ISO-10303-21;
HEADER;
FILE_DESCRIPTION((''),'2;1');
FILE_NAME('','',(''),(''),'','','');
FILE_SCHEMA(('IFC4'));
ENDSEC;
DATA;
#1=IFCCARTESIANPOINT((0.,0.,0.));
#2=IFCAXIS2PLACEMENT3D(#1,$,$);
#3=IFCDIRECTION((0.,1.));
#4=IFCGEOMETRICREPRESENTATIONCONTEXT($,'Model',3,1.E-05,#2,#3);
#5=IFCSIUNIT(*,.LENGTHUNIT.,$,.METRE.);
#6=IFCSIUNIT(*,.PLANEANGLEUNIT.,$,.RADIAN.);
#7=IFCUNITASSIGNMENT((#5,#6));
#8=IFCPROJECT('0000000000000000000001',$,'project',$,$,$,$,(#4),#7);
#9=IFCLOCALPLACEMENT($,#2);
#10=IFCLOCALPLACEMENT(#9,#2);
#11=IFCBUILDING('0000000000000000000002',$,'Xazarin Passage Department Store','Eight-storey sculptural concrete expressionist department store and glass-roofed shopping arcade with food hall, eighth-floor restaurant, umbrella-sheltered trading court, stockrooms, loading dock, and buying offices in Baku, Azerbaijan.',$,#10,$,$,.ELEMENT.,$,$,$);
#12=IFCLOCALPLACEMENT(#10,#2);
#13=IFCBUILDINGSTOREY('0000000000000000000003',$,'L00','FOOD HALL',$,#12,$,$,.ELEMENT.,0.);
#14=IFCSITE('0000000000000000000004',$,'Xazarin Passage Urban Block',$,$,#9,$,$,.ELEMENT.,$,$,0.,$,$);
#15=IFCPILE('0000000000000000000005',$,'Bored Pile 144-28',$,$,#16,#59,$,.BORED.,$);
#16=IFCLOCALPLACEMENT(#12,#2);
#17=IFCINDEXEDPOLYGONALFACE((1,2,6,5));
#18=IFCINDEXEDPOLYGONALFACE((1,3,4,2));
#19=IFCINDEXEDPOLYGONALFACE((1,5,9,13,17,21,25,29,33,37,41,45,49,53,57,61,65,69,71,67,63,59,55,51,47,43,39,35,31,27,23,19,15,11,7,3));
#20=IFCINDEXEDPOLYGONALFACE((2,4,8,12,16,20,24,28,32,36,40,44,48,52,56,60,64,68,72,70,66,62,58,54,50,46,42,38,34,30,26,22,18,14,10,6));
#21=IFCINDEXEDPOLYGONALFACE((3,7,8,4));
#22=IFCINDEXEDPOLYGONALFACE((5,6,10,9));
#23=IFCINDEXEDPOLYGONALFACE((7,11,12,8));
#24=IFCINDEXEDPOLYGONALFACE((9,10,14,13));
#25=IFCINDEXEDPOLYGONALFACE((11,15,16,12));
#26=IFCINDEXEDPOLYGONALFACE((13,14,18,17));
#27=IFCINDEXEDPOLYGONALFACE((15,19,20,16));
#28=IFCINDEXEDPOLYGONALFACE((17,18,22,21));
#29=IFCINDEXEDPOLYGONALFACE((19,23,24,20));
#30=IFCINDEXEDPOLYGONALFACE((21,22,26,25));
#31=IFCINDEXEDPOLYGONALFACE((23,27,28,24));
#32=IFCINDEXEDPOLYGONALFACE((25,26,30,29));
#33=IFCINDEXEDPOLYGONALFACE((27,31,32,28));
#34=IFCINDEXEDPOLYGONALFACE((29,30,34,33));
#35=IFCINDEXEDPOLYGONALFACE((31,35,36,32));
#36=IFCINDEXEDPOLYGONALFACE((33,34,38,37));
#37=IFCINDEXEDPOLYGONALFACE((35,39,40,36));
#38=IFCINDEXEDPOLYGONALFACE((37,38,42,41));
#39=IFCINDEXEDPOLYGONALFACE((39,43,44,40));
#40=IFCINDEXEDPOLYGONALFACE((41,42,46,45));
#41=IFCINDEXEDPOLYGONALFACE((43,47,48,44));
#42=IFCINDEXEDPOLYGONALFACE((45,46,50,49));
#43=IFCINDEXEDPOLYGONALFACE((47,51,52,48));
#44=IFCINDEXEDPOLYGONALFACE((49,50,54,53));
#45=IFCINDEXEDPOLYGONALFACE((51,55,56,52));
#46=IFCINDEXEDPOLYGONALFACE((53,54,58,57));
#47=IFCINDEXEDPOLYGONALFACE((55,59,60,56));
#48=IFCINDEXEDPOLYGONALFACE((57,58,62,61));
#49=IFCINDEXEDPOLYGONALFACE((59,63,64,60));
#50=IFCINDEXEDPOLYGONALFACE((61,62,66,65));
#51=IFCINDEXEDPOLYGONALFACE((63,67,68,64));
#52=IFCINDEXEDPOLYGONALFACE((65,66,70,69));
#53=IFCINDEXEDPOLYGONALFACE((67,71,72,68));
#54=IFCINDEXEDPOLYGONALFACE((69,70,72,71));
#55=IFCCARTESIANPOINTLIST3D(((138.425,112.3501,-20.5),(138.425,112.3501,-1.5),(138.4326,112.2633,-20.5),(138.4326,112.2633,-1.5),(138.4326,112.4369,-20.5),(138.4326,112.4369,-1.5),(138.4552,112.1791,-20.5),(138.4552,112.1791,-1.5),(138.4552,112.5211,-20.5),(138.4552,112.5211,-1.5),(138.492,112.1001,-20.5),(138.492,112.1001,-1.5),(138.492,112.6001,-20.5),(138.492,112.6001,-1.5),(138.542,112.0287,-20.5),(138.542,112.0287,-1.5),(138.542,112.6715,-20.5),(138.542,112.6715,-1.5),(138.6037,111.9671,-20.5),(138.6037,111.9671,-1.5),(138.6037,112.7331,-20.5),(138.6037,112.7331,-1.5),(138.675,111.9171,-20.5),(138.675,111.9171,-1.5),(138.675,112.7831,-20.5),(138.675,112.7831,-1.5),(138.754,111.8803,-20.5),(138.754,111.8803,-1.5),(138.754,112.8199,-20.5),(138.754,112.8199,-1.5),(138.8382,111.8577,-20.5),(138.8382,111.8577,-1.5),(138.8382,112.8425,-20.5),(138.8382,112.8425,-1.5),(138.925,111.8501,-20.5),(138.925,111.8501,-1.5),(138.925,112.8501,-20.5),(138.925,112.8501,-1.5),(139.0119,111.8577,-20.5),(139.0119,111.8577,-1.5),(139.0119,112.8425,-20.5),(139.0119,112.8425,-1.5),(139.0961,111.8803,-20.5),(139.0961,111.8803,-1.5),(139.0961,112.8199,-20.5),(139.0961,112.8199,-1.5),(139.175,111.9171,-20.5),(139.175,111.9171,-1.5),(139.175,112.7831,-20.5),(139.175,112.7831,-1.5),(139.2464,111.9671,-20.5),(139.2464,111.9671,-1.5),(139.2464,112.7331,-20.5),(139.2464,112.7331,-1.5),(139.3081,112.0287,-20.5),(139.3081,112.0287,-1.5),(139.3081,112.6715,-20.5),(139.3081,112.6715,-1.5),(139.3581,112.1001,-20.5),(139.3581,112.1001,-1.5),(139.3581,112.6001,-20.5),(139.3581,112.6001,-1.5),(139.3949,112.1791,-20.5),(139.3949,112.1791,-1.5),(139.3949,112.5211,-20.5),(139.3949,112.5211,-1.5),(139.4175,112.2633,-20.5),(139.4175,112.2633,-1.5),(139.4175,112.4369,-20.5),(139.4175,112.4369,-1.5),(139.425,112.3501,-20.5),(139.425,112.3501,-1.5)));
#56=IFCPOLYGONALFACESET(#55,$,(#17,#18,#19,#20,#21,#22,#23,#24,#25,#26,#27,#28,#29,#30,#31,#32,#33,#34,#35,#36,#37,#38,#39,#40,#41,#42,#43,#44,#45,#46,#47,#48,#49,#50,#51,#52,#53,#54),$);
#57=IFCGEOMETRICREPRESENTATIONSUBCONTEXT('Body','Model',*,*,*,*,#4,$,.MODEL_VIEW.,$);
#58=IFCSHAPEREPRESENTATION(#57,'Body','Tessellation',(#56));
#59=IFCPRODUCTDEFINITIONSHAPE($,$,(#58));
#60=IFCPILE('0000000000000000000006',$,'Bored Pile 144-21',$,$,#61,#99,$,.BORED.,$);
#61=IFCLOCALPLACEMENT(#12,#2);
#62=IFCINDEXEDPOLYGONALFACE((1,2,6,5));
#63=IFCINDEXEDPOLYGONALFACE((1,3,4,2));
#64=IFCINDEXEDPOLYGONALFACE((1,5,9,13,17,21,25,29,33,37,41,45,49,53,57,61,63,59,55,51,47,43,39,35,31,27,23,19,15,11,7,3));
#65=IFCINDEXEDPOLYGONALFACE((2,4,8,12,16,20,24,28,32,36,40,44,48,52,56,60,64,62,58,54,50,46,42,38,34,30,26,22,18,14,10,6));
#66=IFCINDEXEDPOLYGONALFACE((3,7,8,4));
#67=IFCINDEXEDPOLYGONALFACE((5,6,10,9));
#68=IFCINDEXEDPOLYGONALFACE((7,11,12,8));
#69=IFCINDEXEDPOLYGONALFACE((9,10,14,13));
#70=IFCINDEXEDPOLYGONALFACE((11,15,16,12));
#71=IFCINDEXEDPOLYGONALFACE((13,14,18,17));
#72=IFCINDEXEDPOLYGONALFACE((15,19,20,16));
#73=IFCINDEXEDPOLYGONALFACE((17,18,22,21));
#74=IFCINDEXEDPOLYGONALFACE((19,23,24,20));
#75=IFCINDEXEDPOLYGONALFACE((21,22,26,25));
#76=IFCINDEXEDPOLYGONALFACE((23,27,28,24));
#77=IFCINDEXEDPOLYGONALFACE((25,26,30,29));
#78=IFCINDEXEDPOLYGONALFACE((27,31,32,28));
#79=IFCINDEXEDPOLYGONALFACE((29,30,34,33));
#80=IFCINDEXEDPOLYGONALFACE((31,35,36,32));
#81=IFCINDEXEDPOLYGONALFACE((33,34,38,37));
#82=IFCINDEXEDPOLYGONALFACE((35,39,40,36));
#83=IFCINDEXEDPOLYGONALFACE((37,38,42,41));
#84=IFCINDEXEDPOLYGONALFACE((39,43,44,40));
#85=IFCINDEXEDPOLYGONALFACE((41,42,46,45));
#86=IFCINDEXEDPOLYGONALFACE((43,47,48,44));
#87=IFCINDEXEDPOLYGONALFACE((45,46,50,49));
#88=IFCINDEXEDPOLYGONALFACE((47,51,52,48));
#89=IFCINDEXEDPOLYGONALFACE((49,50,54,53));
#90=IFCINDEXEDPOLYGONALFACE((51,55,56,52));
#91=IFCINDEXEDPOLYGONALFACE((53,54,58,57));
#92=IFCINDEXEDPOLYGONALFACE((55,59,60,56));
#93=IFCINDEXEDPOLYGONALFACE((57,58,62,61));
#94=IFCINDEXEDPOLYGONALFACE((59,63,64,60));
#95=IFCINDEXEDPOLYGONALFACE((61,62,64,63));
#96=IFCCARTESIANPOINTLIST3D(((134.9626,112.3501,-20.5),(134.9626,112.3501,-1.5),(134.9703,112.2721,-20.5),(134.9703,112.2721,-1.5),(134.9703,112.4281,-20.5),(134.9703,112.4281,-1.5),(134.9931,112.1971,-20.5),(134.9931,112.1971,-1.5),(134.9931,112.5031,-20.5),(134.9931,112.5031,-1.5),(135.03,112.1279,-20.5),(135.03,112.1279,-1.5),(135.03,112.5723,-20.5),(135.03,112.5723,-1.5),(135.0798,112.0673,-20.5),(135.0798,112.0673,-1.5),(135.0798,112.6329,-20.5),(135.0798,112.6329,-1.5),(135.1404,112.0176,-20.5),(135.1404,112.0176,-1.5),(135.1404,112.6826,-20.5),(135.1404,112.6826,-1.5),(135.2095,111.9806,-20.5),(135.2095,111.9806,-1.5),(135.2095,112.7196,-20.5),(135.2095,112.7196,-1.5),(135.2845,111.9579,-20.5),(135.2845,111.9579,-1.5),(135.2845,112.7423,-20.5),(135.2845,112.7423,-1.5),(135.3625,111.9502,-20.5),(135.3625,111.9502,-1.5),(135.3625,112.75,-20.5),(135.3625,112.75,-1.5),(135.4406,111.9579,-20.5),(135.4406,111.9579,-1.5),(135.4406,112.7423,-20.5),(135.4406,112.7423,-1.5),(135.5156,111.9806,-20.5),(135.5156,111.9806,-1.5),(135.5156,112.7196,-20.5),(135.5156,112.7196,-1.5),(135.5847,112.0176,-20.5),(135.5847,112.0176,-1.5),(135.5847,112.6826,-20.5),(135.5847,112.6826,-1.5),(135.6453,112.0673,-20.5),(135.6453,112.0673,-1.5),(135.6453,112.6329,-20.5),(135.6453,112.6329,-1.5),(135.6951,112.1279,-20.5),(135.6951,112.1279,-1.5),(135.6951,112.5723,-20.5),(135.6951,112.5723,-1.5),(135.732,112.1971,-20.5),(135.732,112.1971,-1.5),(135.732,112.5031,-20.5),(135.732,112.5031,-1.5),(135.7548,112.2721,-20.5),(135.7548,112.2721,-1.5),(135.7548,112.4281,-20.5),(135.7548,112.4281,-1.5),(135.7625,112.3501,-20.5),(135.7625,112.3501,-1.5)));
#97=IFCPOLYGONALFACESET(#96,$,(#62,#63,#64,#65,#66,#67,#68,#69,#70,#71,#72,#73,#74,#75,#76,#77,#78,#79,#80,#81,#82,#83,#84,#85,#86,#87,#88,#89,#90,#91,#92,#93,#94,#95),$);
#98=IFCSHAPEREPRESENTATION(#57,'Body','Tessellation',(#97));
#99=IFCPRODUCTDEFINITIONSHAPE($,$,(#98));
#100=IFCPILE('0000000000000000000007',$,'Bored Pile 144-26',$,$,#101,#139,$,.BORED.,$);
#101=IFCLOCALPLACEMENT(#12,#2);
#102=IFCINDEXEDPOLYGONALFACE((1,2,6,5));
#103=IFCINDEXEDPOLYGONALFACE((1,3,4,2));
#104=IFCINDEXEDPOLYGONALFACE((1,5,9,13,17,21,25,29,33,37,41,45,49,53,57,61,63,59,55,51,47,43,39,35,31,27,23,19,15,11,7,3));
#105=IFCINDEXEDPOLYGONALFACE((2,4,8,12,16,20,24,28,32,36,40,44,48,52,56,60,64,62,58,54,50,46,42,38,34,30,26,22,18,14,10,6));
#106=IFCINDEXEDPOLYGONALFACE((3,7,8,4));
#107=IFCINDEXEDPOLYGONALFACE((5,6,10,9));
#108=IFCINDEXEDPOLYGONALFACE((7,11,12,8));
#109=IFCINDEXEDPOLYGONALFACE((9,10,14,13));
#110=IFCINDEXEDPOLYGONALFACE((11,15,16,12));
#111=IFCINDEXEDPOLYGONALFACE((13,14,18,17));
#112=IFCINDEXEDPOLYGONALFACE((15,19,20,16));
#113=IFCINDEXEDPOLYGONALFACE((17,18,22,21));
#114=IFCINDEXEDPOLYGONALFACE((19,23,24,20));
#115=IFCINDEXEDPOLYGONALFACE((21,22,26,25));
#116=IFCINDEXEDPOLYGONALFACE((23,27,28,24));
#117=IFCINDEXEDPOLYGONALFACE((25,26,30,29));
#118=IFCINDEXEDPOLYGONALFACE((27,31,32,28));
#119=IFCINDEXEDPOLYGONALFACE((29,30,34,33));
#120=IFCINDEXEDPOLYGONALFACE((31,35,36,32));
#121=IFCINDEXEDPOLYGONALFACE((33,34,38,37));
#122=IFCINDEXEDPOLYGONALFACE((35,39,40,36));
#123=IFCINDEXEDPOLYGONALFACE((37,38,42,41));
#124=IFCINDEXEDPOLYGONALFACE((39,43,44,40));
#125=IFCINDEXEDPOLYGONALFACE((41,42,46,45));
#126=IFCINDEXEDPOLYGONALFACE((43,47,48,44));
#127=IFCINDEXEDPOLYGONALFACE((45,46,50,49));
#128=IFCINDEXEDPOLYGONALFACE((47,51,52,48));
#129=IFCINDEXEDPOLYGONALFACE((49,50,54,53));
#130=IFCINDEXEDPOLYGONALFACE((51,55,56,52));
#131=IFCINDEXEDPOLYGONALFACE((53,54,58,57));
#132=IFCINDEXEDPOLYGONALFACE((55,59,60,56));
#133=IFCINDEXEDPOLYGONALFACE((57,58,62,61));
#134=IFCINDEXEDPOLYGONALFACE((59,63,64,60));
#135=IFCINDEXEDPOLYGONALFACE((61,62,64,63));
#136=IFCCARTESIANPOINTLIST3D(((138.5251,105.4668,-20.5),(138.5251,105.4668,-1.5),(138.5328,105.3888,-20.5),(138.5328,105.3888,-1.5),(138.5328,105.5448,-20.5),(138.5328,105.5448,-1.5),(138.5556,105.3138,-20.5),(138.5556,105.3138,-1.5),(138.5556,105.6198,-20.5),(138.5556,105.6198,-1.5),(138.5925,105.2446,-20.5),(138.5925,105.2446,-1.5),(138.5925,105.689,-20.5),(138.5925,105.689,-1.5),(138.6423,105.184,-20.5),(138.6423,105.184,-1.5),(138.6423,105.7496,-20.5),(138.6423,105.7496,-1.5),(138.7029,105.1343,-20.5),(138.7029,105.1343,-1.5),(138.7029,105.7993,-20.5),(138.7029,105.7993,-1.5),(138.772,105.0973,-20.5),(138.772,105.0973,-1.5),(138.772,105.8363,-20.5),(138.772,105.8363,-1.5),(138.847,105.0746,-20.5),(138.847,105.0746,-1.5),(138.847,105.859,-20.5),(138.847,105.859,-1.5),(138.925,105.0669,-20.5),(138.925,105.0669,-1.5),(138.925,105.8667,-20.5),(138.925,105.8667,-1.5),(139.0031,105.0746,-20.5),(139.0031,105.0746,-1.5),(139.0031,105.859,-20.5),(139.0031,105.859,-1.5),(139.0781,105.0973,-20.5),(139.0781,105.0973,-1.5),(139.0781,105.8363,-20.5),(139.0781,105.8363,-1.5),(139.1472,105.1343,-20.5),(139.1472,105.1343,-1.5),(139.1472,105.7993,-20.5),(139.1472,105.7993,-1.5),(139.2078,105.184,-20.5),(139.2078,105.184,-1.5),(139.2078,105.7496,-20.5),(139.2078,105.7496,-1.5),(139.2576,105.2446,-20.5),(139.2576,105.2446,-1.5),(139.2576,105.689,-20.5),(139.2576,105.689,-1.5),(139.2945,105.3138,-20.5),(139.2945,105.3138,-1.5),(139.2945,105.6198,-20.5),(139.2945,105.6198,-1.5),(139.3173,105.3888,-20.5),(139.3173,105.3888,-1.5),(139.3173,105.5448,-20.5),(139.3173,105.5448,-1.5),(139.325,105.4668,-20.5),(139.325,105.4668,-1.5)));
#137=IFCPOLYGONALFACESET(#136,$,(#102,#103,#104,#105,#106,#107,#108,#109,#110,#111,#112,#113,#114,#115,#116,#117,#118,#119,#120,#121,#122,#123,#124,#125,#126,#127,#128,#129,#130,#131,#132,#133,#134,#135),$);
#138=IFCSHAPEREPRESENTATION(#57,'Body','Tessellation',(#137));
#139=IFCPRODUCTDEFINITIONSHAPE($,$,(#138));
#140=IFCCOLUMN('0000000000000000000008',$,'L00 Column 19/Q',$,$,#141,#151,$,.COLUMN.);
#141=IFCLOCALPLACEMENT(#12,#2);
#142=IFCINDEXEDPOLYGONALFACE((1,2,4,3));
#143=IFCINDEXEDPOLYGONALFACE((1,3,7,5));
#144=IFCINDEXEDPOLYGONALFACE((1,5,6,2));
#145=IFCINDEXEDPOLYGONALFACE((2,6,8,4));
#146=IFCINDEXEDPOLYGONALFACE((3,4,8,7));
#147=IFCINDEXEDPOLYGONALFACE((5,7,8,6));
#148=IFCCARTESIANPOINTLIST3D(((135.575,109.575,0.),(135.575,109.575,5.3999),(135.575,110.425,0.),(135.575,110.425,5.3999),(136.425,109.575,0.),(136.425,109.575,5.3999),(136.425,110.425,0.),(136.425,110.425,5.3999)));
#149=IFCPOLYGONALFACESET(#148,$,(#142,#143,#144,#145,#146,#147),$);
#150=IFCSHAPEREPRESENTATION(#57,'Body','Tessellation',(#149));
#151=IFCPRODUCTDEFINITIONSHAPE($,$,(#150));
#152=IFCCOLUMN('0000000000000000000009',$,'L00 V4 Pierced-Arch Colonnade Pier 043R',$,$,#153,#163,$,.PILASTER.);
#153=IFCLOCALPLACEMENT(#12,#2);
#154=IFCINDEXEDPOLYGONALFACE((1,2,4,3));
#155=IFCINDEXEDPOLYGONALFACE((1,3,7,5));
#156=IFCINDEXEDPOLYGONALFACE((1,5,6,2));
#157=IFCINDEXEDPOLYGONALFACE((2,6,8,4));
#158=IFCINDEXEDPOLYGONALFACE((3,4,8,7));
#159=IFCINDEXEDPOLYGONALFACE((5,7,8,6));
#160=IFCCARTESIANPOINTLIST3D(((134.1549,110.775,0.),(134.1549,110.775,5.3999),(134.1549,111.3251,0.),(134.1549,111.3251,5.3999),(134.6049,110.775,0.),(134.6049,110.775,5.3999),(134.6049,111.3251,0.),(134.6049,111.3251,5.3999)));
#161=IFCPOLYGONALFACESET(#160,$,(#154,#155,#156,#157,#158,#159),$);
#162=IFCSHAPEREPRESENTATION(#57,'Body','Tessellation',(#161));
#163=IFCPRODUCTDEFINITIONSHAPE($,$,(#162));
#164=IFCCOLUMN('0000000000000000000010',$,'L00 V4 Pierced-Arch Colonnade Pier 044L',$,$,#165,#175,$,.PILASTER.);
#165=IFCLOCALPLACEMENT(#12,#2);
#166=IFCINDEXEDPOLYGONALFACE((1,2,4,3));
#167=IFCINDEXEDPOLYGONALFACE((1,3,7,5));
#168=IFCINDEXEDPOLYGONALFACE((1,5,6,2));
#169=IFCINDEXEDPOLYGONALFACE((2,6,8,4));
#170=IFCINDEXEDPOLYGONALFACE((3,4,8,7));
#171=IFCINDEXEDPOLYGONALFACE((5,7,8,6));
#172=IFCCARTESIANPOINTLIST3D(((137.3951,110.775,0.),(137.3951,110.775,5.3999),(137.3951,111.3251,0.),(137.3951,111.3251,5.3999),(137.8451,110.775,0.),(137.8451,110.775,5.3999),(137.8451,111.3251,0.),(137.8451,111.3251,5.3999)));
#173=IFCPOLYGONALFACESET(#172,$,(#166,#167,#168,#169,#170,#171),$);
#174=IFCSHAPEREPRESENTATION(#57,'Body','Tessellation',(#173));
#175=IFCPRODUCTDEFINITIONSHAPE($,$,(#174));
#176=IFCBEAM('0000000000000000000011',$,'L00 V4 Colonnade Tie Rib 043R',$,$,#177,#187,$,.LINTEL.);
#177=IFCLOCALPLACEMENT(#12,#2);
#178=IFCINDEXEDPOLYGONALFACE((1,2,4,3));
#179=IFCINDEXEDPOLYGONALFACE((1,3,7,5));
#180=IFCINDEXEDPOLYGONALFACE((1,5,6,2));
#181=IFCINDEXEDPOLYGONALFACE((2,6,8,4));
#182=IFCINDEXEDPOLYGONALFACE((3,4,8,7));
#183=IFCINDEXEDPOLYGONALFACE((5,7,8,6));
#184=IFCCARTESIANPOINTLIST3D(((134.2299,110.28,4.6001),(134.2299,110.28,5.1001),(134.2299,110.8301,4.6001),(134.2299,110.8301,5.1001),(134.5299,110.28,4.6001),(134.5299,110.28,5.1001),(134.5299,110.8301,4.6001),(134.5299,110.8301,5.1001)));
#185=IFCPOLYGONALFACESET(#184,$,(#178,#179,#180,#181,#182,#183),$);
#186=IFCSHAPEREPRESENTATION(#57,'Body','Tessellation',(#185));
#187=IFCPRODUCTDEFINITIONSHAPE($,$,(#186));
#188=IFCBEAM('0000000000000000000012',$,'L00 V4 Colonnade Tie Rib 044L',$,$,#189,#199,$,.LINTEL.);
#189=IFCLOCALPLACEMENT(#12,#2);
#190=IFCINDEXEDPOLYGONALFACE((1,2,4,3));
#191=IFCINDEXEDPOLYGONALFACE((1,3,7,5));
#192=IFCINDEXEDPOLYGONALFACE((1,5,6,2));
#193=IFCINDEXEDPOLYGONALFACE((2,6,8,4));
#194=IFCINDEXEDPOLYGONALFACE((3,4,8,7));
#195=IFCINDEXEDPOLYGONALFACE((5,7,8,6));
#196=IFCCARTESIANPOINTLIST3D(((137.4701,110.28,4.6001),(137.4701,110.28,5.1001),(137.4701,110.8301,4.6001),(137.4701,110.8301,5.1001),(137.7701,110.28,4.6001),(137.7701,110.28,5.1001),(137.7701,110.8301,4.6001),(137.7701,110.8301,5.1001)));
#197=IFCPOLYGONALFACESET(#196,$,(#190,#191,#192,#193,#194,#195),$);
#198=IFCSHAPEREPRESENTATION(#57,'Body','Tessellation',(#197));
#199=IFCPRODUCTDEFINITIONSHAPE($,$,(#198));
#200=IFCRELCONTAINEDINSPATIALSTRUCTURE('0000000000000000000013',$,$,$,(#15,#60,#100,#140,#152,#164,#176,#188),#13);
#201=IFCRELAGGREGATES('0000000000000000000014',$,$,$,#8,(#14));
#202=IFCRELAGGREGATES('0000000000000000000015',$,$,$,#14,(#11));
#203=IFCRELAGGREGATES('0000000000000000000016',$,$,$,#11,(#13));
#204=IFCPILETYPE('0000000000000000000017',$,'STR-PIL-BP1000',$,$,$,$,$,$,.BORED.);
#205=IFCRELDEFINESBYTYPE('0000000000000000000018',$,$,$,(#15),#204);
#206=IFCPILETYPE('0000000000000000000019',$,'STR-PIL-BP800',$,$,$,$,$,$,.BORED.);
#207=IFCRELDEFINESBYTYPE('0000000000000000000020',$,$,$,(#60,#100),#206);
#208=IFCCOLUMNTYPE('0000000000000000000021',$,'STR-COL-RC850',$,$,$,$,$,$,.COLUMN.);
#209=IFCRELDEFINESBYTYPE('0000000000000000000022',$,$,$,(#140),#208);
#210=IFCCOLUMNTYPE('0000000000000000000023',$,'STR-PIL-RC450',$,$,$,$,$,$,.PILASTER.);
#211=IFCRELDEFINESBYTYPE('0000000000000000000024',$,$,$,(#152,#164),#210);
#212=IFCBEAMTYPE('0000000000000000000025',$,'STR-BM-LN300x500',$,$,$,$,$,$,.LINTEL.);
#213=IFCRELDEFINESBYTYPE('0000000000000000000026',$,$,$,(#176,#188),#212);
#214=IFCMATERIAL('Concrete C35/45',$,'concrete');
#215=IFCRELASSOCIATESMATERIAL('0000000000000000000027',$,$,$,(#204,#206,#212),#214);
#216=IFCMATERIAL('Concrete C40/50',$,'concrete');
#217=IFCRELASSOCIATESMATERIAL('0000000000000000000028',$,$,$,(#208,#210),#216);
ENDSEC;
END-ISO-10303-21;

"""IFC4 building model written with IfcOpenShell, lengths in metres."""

from ifc_helpers import new_model, si_unit, direction, frame, origin, origin_2d, place, context, subcontext, project, spatial, rectangle, circle, extrude, material, material_profile, profile_set, type_object, element, save


model = new_model("IFC4")

# Units and contexts
model_context = context("Model", 3, precision=1e-05, world=origin(), true_north=direction((0.0, 1.0)))
body_context = subcontext(model_context, "Body", "Model", "MODEL_VIEW")
ifc_project = project(units=[si_unit("LENGTHUNIT", "METRE"), si_unit("PLANEANGLEUNIT", "RADIAN")], contexts=[model_context])

# Site, building, storey
site_placement = place(None, origin())
site = spatial("IfcSite", under=ifc_project, at=site_placement, Name="Xazarin Passage Urban Block", CompositionType="ELEMENT", RefElevation=0.0)
building_placement = place(site_placement, origin())
building = spatial("IfcBuilding", under=site, at=building_placement, Name="Xazarin Passage Department Store", Description="Eight-storey sculptural concrete expressionist department store and glass-roofed shopping arcade with food hall, eighth-floor restaurant, umbrella-sheltered trading court, stockrooms, loading dock, and buying offices in Baku, Azerbaijan.", CompositionType="ELEMENT")
storey_placement = place(building_placement, origin())
storey = spatial("IfcBuildingStorey", under=building, at=storey_placement, Name="L00", Description="FOOD HALL", CompositionType="ELEMENT", Elevation=0.0)

# Piles
ifc_material_1 = material(Name="Concrete C35/45", Category="concrete")
ifc_material_profile_1 = material_profile(ifc_material_1, circle(Radius=0.5, at=origin_2d()), Name="BP 1000")
ifc_profile_set_1 = profile_set([ifc_material_profile_1], Name="Concrete C35/45")
pile_type_1 = type_object("IfcPileType", Name="STR-PIL-BP1000", PredefinedType="BORED", material=ifc_profile_set_1)
for number, where, z_axis, x_axis, name in (
    (1, (138.925, 112.3501, -1.5), (0.0, 0.0, -1.0), (1.0, 0.0, 0.0), "Bored Pile 144-28"),
):
    element("IfcPile", number, at=place(storey_placement, frame(where, z_axis=z_axis, x_axis=x_axis)), inside=storey, type_object=pile_type_1, Name=name, PredefinedType="BORED", context=body_context, shape_type="SweptSolid", body=[
        extrude(circle(Radius=0.5, at=origin_2d()), origin(), (0.0, 0.0, 1.0), 19.0),
    ])
ifc_material_profile_2 = material_profile(ifc_material_1, circle(Radius=0.3999, at=origin_2d()), Name="BP 800")
ifc_profile_set_2 = profile_set([ifc_material_profile_2], Name="Concrete C35/45")
pile_type_2 = type_object("IfcPileType", Name="STR-PIL-BP800", PredefinedType="BORED", material=ifc_profile_set_2)
for number, where, z_axis, x_axis, name in (
    (2, (135.3625, 112.3501, -1.5), (0.0, 0.0, -1.0), (1.0, 0.0, 0.0), "Bored Pile 144-21"),
    (3, (138.925, 105.4668, -1.5), (0.0, 0.0, -1.0), (1.0, 0.0, 0.0), "Bored Pile 144-26"),
):
    element("IfcPile", number, at=place(storey_placement, frame(where, z_axis=z_axis, x_axis=x_axis)), inside=storey, type_object=pile_type_2, Name=name, PredefinedType="BORED", context=body_context, shape_type="SweptSolid", body=[
        extrude(circle(Radius=0.3999, at=origin_2d()), origin(), (0.0, 0.0, 1.0), 19.0),
    ])

# Columns
ifc_material_2 = material(Name="Concrete C40/50", Category="concrete")
ifc_material_profile_3 = material_profile(ifc_material_2, rectangle(XDim=0.8501, YDim=0.8501, at=origin_2d()), Name="RC 850x850")
ifc_profile_set_3 = profile_set([ifc_material_profile_3], Name="Concrete C40/50")
column_type_1 = type_object("IfcColumnType", Name="STR-COL-RC850", PredefinedType="COLUMN", material=ifc_profile_set_3)
column_placement = place(storey_placement, frame((136.0, 110.0, 0.0), z_axis=(0.0, 0.0, 1.0), x_axis=(1.0, 0.0, 0.0)))
element("IfcColumn", 4, at=column_placement, inside=storey, type_object=column_type_1, Name="L00 Column 19/Q", PredefinedType="COLUMN", context=body_context, shape_type="SweptSolid", body=[
    extrude(rectangle(XDim=0.8501, YDim=0.8501, at=origin_2d()), origin(), (0.0, 0.0, 1.0), 5.3999),
])
ifc_material_profile_4 = material_profile(ifc_material_2, rectangle(XDim=0.45, YDim=0.55, at=origin_2d()), Name="RC 450x550")
ifc_profile_set_4 = profile_set([ifc_material_profile_4], Name="Concrete C40/50")
column_type_2 = type_object("IfcColumnType", Name="STR-PIL-RC450", PredefinedType="PILASTER", material=ifc_profile_set_4)
for number, where, z_axis, x_axis, name in (
    (5, (134.3799, 111.05, 0.0), (0.0, 0.0, 1.0), (1.0, 0.0, 0.0), "L00 V4 Pierced-Arch Colonnade Pier 043R"),
    (6, (137.6201, 111.05, 0.0), (0.0, 0.0, 1.0), (1.0, 0.0, 0.0), "L00 V4 Pierced-Arch Colonnade Pier 044L"),
):
    element("IfcColumn", number, at=place(storey_placement, frame(where, z_axis=z_axis, x_axis=x_axis)), inside=storey, type_object=column_type_2, Name=name, PredefinedType="PILASTER", context=body_context, shape_type="SweptSolid", body=[
        extrude(rectangle(XDim=0.45, YDim=0.55, at=origin_2d()), origin(), (0.0, 0.0, 1.0), 5.3999),
    ])

# Beams
ifc_material_profile_5 = material_profile(ifc_material_1, rectangle(XDim=0.3, YDim=0.5, at=origin_2d()), Name="RC 300x500")
ifc_profile_set_5 = profile_set([ifc_material_profile_5], Name="Concrete C35/45")
beam_type = type_object("IfcBeamType", Name="STR-BM-LN300x500", PredefinedType="LINTEL", material=ifc_profile_set_5)
for number, where, z_axis, x_axis, name in (
    (7, (134.3799, 110.28, 4.8501), (0.0, 1.0, 0.0), (-1.0, 0.0, 0.0), "L00 V4 Colonnade Tie Rib 043R"),
    (8, (137.6201, 110.28, 4.8501), (0.0, 1.0, 0.0), (-1.0, 0.0, 0.0), "L00 V4 Colonnade Tie Rib 044L"),
):
    element("IfcBeam", number, at=place(storey_placement, frame(where, z_axis=z_axis, x_axis=x_axis)), inside=storey, type_object=beam_type, Name=name, PredefinedType="LINTEL", context=body_context, shape_type="SweptSolid", body=[
        extrude(rectangle(XDim=0.3, YDim=0.5, at=origin_2d()), origin(), (0.0, 0.0, 1.0), 0.55),
    ])

save(model, "model.ifc")
